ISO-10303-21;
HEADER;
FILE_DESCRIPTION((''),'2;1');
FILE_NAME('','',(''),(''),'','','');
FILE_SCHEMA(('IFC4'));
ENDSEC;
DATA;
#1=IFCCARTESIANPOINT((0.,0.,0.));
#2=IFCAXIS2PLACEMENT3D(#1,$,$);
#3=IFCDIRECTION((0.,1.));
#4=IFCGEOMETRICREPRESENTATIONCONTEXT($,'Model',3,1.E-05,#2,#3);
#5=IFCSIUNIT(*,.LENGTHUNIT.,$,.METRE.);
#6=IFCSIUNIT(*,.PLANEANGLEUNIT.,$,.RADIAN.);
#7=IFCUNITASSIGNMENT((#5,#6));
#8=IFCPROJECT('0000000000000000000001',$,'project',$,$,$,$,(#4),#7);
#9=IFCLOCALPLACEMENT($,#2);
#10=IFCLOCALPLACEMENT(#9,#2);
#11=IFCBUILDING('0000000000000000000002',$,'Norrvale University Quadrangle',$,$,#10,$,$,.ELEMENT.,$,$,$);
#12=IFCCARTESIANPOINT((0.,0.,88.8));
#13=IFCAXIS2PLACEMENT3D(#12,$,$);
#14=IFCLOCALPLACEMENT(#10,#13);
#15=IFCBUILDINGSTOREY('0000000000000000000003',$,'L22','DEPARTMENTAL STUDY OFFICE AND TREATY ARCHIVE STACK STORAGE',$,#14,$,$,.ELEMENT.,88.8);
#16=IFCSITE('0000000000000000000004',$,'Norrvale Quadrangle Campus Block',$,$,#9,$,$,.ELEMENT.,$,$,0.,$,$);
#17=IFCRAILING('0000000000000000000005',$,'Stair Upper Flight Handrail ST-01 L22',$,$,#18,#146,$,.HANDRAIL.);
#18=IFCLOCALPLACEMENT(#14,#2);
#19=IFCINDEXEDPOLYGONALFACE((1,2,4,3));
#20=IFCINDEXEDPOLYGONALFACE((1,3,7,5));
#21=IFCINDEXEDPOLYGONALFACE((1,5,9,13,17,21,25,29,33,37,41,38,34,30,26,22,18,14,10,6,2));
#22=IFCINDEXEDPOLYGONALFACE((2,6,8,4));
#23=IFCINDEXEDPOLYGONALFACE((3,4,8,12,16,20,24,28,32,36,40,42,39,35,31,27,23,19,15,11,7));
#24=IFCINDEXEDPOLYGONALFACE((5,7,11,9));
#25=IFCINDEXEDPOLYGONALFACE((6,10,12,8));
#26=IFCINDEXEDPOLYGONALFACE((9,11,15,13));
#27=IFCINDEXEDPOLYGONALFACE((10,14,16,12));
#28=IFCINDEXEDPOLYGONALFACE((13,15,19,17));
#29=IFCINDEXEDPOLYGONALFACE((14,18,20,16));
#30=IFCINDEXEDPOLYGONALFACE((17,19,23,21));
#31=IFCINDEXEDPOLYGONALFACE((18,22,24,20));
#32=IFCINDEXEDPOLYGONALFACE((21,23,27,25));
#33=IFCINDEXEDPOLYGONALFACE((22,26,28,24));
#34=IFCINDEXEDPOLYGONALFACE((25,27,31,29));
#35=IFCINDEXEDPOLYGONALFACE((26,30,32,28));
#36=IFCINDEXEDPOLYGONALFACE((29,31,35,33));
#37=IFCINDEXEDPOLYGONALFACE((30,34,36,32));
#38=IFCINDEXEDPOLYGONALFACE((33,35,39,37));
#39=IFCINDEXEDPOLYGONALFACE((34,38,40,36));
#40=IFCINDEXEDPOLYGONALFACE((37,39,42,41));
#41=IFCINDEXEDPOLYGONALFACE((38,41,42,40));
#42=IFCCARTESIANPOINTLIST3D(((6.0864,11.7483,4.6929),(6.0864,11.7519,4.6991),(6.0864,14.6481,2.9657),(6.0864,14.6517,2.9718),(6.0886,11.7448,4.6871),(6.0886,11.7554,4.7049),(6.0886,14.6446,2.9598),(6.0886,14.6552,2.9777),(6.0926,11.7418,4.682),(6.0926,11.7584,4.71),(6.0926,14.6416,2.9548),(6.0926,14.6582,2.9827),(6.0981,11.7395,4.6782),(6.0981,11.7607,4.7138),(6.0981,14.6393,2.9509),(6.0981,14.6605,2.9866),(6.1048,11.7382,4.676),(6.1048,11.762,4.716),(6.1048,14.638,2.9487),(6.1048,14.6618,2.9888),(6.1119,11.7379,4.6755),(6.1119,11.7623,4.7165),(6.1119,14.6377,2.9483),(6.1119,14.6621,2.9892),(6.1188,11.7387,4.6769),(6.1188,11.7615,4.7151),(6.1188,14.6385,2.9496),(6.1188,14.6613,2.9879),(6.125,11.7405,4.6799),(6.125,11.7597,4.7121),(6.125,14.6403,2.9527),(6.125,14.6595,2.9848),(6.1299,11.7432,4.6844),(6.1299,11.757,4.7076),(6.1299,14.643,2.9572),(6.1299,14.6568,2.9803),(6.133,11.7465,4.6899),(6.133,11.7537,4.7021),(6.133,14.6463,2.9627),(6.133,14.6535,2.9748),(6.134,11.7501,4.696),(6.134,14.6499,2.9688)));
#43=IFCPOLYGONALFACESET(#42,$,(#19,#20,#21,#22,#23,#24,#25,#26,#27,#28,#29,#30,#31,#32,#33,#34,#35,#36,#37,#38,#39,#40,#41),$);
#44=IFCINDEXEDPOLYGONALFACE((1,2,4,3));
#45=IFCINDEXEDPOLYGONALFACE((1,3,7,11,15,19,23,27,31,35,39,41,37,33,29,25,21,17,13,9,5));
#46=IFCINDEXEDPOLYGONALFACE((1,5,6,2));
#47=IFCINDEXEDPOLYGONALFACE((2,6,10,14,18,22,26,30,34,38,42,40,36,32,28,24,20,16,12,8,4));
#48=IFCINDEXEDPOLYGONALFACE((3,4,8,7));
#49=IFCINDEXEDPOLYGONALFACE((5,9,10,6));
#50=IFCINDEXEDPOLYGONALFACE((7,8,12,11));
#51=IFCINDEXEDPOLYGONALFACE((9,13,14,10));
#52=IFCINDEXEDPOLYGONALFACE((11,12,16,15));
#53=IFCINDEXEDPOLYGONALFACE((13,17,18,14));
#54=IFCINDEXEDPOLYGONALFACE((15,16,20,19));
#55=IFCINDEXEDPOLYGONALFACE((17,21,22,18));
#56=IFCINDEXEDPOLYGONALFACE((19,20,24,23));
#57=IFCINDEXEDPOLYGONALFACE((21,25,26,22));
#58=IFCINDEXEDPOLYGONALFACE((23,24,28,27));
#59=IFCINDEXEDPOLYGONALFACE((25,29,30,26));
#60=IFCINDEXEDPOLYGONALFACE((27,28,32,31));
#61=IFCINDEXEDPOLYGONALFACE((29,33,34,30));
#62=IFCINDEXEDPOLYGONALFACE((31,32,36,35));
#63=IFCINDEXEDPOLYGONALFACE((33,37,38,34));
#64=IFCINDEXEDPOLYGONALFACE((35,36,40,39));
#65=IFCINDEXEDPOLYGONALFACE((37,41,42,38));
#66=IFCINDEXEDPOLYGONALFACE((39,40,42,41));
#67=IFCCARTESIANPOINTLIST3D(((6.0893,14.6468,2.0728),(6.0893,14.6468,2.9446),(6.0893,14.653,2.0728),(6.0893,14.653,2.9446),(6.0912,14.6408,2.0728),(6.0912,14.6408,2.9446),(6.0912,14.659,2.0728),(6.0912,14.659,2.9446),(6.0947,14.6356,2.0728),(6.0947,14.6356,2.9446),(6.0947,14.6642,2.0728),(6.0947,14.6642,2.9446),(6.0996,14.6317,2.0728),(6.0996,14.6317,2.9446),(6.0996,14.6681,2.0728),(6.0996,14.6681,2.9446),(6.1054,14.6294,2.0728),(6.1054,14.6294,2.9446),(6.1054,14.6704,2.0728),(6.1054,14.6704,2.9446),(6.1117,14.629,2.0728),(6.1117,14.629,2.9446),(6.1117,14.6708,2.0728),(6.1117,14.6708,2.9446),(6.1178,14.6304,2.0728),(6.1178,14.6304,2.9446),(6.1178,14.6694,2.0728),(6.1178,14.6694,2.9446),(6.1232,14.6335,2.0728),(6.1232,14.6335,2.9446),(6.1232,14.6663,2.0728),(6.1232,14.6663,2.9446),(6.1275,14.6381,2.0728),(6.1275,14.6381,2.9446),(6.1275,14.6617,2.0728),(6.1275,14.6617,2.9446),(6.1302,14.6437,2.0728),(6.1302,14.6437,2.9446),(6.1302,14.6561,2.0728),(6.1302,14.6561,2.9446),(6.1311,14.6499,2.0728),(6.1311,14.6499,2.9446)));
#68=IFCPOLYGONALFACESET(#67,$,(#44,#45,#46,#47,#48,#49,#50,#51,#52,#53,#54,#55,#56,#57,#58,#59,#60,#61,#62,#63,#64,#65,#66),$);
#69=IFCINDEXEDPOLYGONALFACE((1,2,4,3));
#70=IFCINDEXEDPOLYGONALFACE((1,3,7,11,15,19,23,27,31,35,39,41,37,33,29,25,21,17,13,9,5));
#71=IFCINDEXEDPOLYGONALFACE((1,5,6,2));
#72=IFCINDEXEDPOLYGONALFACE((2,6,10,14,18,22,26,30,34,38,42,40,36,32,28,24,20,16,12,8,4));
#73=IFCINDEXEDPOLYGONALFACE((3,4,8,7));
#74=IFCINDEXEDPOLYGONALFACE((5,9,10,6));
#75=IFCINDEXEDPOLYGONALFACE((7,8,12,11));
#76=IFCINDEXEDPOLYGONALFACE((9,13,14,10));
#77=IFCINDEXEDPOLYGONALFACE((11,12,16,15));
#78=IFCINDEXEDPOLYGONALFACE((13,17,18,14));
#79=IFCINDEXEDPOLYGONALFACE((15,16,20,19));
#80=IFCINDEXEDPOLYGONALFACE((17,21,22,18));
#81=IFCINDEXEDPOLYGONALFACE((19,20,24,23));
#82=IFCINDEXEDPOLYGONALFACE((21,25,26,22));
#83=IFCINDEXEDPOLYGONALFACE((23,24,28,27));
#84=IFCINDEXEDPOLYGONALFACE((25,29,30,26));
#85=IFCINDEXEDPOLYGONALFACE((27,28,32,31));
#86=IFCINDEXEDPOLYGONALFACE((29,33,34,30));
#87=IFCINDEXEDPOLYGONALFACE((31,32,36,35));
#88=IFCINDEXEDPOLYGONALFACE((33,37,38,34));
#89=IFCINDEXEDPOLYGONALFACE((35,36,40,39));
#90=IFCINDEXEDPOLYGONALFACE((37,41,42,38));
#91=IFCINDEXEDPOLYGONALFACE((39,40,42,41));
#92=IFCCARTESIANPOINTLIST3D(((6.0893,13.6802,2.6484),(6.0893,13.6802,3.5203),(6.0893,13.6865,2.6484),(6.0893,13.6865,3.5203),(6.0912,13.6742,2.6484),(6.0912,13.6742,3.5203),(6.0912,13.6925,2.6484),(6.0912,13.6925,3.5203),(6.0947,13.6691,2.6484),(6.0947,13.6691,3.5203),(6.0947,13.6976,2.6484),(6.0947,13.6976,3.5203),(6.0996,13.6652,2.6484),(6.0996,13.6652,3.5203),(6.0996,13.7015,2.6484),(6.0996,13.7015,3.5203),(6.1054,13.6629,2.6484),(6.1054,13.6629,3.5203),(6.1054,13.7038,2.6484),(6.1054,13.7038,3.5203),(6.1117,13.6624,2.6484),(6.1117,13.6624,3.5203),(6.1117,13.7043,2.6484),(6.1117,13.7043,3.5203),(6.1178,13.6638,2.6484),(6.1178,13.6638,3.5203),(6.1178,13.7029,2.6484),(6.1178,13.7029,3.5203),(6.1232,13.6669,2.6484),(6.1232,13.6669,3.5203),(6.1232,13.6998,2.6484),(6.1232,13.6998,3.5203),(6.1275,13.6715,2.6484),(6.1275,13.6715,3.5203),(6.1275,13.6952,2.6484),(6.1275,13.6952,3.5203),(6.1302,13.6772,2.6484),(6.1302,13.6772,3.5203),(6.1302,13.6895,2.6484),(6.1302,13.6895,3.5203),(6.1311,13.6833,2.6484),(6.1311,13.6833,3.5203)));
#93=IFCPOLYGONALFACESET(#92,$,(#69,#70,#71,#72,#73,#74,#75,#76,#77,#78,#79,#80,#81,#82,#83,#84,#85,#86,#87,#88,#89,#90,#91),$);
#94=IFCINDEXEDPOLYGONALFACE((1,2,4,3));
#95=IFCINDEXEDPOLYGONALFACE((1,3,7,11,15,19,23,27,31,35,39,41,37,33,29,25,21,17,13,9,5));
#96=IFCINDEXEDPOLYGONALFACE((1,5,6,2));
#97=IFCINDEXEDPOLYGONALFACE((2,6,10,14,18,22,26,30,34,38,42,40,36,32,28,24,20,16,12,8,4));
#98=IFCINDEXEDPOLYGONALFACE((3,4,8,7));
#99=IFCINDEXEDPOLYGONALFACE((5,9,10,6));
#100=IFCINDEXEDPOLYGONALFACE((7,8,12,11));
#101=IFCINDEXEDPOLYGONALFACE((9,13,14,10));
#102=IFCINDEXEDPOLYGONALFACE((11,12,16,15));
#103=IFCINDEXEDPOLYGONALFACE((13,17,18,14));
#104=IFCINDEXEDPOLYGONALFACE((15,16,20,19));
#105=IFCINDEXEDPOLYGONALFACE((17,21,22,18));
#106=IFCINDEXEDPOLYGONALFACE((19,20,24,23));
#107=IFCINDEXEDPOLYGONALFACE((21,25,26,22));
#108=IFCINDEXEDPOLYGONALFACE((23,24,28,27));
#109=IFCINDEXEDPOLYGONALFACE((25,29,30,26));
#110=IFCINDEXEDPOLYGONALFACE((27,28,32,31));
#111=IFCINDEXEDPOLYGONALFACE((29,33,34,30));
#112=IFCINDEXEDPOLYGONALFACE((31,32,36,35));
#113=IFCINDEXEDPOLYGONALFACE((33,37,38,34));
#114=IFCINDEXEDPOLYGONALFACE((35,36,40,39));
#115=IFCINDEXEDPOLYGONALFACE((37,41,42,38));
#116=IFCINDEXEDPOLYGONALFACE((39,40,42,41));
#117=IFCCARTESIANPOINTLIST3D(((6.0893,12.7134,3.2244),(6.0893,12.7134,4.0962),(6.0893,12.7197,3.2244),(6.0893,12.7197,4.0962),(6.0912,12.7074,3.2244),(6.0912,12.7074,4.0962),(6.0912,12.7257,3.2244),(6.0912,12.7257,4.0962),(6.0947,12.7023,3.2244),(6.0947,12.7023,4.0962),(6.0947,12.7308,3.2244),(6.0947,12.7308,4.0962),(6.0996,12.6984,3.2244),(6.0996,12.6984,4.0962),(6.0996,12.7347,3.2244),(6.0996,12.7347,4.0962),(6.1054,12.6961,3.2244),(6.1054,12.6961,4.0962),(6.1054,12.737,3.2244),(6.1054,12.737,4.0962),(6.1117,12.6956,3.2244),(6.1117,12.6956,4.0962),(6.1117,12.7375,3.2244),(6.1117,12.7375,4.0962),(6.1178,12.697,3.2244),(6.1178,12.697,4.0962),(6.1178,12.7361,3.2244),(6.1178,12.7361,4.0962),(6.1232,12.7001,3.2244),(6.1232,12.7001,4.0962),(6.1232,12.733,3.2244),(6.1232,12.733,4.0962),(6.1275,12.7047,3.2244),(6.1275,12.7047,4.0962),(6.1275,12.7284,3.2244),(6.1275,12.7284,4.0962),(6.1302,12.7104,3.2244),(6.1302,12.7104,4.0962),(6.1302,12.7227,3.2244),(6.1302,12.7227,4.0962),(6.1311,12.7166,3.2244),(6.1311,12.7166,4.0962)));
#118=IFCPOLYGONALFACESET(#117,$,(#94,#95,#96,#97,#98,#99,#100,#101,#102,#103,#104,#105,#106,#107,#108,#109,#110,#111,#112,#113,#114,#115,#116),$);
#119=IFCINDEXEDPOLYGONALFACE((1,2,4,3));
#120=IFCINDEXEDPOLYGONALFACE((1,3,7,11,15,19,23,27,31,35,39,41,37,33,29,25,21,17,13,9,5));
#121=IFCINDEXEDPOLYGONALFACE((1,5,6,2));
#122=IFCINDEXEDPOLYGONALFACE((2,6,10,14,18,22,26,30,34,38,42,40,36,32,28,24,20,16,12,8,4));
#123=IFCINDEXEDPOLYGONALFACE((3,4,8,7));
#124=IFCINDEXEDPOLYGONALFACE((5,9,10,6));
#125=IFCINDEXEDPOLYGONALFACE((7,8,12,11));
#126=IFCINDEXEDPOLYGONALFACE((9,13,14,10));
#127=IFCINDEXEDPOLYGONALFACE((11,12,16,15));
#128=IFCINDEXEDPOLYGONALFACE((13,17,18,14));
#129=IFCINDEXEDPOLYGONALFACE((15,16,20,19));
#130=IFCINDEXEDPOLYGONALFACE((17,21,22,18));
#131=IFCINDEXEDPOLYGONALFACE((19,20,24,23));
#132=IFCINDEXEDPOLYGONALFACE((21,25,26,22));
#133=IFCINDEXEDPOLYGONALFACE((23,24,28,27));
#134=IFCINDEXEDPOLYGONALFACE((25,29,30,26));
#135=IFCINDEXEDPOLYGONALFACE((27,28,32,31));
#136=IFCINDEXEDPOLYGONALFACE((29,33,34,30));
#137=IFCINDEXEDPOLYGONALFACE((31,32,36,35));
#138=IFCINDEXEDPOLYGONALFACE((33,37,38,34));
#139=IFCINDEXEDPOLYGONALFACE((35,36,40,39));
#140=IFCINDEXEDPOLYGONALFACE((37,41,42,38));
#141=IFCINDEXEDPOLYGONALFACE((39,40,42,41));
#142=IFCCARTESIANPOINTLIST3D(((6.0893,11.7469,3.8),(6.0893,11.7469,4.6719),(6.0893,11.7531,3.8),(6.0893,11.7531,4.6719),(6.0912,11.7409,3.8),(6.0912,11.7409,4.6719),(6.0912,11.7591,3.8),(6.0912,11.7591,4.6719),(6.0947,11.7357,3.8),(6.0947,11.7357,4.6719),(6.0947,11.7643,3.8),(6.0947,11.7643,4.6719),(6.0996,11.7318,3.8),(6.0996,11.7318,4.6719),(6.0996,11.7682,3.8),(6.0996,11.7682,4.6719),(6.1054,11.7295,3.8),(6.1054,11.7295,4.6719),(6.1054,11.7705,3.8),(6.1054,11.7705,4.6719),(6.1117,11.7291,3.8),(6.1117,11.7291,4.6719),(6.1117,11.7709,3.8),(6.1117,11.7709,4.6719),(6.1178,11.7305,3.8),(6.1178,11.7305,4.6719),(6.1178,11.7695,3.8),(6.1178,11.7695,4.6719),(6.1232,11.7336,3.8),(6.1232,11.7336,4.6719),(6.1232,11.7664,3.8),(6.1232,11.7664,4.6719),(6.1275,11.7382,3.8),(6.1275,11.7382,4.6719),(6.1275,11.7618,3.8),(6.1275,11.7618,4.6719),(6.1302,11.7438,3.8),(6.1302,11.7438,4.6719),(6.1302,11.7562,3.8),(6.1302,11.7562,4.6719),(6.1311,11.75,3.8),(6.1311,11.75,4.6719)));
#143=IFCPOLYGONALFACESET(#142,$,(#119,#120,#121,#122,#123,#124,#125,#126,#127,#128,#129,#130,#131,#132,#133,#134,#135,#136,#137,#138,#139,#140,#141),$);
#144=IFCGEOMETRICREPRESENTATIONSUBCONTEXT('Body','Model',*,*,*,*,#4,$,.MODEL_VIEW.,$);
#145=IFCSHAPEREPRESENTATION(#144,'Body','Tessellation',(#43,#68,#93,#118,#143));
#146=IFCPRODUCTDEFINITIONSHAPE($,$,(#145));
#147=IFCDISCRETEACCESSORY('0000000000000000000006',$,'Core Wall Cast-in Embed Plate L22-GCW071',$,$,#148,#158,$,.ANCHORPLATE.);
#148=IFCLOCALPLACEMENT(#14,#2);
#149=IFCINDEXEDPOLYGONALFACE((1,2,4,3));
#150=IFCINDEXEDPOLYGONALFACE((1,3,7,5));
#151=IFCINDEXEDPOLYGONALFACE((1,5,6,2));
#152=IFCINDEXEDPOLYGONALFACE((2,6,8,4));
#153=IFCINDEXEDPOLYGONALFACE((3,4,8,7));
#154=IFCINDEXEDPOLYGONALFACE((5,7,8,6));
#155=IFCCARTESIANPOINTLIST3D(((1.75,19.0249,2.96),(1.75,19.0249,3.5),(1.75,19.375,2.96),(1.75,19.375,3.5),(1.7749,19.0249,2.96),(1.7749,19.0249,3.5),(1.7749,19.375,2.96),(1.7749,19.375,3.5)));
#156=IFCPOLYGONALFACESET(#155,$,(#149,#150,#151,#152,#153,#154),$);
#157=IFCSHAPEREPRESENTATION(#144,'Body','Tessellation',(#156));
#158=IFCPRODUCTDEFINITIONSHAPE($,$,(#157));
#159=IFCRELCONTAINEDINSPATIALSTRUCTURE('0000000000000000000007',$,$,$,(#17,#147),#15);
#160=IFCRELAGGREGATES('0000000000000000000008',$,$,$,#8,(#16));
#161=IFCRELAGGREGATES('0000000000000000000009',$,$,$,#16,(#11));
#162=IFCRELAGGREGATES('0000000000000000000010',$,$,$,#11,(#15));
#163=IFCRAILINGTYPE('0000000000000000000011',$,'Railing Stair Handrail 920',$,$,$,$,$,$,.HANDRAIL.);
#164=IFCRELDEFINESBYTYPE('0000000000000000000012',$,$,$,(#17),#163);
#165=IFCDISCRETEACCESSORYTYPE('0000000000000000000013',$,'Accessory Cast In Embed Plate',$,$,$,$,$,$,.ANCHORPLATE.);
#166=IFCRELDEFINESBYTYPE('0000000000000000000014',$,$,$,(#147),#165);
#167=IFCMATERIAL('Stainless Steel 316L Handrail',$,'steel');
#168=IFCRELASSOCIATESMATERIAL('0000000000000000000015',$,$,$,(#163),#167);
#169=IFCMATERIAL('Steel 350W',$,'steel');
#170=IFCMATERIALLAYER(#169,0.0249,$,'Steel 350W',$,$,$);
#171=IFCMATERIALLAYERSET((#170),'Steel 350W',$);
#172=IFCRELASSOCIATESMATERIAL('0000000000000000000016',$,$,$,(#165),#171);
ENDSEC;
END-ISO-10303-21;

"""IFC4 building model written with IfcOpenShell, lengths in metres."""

from ifc_helpers import new_model, si_unit, direction, frame, origin, origin_2d, place, context, subcontext, project, spatial, rectangle, circle, extrude, material, layer, layer_set, type_object, element, save


model = new_model("IFC4")

# Units and contexts
model_context = context("Model", 3, precision=1e-05, world=origin(), true_north=direction((0.0, 1.0)))
body_context = subcontext(model_context, "Body", "Model", "MODEL_VIEW")
ifc_project = project(units=[si_unit("LENGTHUNIT", "METRE"), si_unit("PLANEANGLEUNIT", "RADIAN")], contexts=[model_context])

# Site, building, storey
site_placement = place(None, origin())
site = spatial("IfcSite", under=ifc_project, at=site_placement, Name="Norrvale Quadrangle Campus Block", CompositionType="ELEMENT", RefElevation=0.0)
building_placement = place(site_placement, origin())
building = spatial("IfcBuilding", under=site, at=building_placement, Name="Norrvale University Quadrangle", CompositionType="ELEMENT")
storey_placement = place(building_placement, frame((0.0, 0.0, 88.8)))
storey = spatial("IfcBuildingStorey", under=building, at=storey_placement, Name="L22", Description="DEPARTMENTAL STUDY OFFICE AND TREATY ARCHIVE STACK STORAGE", CompositionType="ELEMENT", Elevation=88.8)

# Shared definitions
ifc_material_1 = material(Name="Steel 350W", Category="steel")

# Railing
ifc_material_2 = material(Name="Stainless Steel 316L Handrail", Category="steel")
railing_type_1 = type_object("IfcRailingType", Name="Railing Stair Handrail 920", PredefinedType="HANDRAIL", material=ifc_material_2)
railing_1_placement = place(storey_placement, frame((6.1101, 14.6499, 2.0728)))
element("IfcRailing", 1, at=railing_1_placement, inside=storey, type_object=railing_type_1, Name="Stair Upper Flight Handrail ST-01 L22", PredefinedType="HANDRAIL", context=body_context, shape_type="SweptSolid", body=[
    extrude(circle(Radius=0.0239, at=origin_2d()), frame((0.0, 0.0, 0.896), z_axis=(0.0, -0.859141, 0.511738), x_axis=(1.0, 0.0, 0.0)), (0.0, 0.0, 1.0), 3.3752),
    extrude(circle(Radius=0.021, at=origin_2d()), origin(), (0.0, 0.0, 1.0), 0.8718),
    extrude(circle(Radius=0.021, at=origin_2d()), frame((0.0, -0.9666, 0.5757)), (0.0, 0.0, 1.0), 0.8718),
    extrude(circle(Radius=0.021, at=origin_2d()), frame((0.0, -1.9333, 1.1516)), (0.0, 0.0, 1.0), 0.8718),
    extrude(circle(Radius=0.021, at=origin_2d()), frame((0.0, -2.8999, 1.7273)), (0.0, 0.0, 1.0), 0.8718),
])

# Discrete accessory
ifc_layer_1 = layer(ifc_material_1, 0.0249, Name="Steel 350W")
ifc_layer_set_1 = layer_set([ifc_layer_1], Name="Steel 350W")
discrete_accessory_type = type_object("IfcDiscreteAccessoryType", Name="Accessory Cast In Embed Plate", PredefinedType="ANCHORPLATE", material=ifc_layer_set_1)
discrete_accessory_placement = place(storey_placement, frame((1.7625, 19.2, 2.96), z_axis=(0.0, 0.0, 1.0), x_axis=(1.0, 0.0, 0.0)))
element("IfcDiscreteAccessory", 2, at=discrete_accessory_placement, inside=storey, type_object=discrete_accessory_type, Name="Core Wall Cast-in Embed Plate L22-GCW071", PredefinedType="ANCHORPLATE", context=body_context, shape_type="SweptSolid", body=[
    extrude(rectangle(XDim=0.0249, YDim=0.3501, at=origin_2d()), origin(), (0.0, 0.0, 1.0), 0.54),
])

save(model, "model.ifc")
